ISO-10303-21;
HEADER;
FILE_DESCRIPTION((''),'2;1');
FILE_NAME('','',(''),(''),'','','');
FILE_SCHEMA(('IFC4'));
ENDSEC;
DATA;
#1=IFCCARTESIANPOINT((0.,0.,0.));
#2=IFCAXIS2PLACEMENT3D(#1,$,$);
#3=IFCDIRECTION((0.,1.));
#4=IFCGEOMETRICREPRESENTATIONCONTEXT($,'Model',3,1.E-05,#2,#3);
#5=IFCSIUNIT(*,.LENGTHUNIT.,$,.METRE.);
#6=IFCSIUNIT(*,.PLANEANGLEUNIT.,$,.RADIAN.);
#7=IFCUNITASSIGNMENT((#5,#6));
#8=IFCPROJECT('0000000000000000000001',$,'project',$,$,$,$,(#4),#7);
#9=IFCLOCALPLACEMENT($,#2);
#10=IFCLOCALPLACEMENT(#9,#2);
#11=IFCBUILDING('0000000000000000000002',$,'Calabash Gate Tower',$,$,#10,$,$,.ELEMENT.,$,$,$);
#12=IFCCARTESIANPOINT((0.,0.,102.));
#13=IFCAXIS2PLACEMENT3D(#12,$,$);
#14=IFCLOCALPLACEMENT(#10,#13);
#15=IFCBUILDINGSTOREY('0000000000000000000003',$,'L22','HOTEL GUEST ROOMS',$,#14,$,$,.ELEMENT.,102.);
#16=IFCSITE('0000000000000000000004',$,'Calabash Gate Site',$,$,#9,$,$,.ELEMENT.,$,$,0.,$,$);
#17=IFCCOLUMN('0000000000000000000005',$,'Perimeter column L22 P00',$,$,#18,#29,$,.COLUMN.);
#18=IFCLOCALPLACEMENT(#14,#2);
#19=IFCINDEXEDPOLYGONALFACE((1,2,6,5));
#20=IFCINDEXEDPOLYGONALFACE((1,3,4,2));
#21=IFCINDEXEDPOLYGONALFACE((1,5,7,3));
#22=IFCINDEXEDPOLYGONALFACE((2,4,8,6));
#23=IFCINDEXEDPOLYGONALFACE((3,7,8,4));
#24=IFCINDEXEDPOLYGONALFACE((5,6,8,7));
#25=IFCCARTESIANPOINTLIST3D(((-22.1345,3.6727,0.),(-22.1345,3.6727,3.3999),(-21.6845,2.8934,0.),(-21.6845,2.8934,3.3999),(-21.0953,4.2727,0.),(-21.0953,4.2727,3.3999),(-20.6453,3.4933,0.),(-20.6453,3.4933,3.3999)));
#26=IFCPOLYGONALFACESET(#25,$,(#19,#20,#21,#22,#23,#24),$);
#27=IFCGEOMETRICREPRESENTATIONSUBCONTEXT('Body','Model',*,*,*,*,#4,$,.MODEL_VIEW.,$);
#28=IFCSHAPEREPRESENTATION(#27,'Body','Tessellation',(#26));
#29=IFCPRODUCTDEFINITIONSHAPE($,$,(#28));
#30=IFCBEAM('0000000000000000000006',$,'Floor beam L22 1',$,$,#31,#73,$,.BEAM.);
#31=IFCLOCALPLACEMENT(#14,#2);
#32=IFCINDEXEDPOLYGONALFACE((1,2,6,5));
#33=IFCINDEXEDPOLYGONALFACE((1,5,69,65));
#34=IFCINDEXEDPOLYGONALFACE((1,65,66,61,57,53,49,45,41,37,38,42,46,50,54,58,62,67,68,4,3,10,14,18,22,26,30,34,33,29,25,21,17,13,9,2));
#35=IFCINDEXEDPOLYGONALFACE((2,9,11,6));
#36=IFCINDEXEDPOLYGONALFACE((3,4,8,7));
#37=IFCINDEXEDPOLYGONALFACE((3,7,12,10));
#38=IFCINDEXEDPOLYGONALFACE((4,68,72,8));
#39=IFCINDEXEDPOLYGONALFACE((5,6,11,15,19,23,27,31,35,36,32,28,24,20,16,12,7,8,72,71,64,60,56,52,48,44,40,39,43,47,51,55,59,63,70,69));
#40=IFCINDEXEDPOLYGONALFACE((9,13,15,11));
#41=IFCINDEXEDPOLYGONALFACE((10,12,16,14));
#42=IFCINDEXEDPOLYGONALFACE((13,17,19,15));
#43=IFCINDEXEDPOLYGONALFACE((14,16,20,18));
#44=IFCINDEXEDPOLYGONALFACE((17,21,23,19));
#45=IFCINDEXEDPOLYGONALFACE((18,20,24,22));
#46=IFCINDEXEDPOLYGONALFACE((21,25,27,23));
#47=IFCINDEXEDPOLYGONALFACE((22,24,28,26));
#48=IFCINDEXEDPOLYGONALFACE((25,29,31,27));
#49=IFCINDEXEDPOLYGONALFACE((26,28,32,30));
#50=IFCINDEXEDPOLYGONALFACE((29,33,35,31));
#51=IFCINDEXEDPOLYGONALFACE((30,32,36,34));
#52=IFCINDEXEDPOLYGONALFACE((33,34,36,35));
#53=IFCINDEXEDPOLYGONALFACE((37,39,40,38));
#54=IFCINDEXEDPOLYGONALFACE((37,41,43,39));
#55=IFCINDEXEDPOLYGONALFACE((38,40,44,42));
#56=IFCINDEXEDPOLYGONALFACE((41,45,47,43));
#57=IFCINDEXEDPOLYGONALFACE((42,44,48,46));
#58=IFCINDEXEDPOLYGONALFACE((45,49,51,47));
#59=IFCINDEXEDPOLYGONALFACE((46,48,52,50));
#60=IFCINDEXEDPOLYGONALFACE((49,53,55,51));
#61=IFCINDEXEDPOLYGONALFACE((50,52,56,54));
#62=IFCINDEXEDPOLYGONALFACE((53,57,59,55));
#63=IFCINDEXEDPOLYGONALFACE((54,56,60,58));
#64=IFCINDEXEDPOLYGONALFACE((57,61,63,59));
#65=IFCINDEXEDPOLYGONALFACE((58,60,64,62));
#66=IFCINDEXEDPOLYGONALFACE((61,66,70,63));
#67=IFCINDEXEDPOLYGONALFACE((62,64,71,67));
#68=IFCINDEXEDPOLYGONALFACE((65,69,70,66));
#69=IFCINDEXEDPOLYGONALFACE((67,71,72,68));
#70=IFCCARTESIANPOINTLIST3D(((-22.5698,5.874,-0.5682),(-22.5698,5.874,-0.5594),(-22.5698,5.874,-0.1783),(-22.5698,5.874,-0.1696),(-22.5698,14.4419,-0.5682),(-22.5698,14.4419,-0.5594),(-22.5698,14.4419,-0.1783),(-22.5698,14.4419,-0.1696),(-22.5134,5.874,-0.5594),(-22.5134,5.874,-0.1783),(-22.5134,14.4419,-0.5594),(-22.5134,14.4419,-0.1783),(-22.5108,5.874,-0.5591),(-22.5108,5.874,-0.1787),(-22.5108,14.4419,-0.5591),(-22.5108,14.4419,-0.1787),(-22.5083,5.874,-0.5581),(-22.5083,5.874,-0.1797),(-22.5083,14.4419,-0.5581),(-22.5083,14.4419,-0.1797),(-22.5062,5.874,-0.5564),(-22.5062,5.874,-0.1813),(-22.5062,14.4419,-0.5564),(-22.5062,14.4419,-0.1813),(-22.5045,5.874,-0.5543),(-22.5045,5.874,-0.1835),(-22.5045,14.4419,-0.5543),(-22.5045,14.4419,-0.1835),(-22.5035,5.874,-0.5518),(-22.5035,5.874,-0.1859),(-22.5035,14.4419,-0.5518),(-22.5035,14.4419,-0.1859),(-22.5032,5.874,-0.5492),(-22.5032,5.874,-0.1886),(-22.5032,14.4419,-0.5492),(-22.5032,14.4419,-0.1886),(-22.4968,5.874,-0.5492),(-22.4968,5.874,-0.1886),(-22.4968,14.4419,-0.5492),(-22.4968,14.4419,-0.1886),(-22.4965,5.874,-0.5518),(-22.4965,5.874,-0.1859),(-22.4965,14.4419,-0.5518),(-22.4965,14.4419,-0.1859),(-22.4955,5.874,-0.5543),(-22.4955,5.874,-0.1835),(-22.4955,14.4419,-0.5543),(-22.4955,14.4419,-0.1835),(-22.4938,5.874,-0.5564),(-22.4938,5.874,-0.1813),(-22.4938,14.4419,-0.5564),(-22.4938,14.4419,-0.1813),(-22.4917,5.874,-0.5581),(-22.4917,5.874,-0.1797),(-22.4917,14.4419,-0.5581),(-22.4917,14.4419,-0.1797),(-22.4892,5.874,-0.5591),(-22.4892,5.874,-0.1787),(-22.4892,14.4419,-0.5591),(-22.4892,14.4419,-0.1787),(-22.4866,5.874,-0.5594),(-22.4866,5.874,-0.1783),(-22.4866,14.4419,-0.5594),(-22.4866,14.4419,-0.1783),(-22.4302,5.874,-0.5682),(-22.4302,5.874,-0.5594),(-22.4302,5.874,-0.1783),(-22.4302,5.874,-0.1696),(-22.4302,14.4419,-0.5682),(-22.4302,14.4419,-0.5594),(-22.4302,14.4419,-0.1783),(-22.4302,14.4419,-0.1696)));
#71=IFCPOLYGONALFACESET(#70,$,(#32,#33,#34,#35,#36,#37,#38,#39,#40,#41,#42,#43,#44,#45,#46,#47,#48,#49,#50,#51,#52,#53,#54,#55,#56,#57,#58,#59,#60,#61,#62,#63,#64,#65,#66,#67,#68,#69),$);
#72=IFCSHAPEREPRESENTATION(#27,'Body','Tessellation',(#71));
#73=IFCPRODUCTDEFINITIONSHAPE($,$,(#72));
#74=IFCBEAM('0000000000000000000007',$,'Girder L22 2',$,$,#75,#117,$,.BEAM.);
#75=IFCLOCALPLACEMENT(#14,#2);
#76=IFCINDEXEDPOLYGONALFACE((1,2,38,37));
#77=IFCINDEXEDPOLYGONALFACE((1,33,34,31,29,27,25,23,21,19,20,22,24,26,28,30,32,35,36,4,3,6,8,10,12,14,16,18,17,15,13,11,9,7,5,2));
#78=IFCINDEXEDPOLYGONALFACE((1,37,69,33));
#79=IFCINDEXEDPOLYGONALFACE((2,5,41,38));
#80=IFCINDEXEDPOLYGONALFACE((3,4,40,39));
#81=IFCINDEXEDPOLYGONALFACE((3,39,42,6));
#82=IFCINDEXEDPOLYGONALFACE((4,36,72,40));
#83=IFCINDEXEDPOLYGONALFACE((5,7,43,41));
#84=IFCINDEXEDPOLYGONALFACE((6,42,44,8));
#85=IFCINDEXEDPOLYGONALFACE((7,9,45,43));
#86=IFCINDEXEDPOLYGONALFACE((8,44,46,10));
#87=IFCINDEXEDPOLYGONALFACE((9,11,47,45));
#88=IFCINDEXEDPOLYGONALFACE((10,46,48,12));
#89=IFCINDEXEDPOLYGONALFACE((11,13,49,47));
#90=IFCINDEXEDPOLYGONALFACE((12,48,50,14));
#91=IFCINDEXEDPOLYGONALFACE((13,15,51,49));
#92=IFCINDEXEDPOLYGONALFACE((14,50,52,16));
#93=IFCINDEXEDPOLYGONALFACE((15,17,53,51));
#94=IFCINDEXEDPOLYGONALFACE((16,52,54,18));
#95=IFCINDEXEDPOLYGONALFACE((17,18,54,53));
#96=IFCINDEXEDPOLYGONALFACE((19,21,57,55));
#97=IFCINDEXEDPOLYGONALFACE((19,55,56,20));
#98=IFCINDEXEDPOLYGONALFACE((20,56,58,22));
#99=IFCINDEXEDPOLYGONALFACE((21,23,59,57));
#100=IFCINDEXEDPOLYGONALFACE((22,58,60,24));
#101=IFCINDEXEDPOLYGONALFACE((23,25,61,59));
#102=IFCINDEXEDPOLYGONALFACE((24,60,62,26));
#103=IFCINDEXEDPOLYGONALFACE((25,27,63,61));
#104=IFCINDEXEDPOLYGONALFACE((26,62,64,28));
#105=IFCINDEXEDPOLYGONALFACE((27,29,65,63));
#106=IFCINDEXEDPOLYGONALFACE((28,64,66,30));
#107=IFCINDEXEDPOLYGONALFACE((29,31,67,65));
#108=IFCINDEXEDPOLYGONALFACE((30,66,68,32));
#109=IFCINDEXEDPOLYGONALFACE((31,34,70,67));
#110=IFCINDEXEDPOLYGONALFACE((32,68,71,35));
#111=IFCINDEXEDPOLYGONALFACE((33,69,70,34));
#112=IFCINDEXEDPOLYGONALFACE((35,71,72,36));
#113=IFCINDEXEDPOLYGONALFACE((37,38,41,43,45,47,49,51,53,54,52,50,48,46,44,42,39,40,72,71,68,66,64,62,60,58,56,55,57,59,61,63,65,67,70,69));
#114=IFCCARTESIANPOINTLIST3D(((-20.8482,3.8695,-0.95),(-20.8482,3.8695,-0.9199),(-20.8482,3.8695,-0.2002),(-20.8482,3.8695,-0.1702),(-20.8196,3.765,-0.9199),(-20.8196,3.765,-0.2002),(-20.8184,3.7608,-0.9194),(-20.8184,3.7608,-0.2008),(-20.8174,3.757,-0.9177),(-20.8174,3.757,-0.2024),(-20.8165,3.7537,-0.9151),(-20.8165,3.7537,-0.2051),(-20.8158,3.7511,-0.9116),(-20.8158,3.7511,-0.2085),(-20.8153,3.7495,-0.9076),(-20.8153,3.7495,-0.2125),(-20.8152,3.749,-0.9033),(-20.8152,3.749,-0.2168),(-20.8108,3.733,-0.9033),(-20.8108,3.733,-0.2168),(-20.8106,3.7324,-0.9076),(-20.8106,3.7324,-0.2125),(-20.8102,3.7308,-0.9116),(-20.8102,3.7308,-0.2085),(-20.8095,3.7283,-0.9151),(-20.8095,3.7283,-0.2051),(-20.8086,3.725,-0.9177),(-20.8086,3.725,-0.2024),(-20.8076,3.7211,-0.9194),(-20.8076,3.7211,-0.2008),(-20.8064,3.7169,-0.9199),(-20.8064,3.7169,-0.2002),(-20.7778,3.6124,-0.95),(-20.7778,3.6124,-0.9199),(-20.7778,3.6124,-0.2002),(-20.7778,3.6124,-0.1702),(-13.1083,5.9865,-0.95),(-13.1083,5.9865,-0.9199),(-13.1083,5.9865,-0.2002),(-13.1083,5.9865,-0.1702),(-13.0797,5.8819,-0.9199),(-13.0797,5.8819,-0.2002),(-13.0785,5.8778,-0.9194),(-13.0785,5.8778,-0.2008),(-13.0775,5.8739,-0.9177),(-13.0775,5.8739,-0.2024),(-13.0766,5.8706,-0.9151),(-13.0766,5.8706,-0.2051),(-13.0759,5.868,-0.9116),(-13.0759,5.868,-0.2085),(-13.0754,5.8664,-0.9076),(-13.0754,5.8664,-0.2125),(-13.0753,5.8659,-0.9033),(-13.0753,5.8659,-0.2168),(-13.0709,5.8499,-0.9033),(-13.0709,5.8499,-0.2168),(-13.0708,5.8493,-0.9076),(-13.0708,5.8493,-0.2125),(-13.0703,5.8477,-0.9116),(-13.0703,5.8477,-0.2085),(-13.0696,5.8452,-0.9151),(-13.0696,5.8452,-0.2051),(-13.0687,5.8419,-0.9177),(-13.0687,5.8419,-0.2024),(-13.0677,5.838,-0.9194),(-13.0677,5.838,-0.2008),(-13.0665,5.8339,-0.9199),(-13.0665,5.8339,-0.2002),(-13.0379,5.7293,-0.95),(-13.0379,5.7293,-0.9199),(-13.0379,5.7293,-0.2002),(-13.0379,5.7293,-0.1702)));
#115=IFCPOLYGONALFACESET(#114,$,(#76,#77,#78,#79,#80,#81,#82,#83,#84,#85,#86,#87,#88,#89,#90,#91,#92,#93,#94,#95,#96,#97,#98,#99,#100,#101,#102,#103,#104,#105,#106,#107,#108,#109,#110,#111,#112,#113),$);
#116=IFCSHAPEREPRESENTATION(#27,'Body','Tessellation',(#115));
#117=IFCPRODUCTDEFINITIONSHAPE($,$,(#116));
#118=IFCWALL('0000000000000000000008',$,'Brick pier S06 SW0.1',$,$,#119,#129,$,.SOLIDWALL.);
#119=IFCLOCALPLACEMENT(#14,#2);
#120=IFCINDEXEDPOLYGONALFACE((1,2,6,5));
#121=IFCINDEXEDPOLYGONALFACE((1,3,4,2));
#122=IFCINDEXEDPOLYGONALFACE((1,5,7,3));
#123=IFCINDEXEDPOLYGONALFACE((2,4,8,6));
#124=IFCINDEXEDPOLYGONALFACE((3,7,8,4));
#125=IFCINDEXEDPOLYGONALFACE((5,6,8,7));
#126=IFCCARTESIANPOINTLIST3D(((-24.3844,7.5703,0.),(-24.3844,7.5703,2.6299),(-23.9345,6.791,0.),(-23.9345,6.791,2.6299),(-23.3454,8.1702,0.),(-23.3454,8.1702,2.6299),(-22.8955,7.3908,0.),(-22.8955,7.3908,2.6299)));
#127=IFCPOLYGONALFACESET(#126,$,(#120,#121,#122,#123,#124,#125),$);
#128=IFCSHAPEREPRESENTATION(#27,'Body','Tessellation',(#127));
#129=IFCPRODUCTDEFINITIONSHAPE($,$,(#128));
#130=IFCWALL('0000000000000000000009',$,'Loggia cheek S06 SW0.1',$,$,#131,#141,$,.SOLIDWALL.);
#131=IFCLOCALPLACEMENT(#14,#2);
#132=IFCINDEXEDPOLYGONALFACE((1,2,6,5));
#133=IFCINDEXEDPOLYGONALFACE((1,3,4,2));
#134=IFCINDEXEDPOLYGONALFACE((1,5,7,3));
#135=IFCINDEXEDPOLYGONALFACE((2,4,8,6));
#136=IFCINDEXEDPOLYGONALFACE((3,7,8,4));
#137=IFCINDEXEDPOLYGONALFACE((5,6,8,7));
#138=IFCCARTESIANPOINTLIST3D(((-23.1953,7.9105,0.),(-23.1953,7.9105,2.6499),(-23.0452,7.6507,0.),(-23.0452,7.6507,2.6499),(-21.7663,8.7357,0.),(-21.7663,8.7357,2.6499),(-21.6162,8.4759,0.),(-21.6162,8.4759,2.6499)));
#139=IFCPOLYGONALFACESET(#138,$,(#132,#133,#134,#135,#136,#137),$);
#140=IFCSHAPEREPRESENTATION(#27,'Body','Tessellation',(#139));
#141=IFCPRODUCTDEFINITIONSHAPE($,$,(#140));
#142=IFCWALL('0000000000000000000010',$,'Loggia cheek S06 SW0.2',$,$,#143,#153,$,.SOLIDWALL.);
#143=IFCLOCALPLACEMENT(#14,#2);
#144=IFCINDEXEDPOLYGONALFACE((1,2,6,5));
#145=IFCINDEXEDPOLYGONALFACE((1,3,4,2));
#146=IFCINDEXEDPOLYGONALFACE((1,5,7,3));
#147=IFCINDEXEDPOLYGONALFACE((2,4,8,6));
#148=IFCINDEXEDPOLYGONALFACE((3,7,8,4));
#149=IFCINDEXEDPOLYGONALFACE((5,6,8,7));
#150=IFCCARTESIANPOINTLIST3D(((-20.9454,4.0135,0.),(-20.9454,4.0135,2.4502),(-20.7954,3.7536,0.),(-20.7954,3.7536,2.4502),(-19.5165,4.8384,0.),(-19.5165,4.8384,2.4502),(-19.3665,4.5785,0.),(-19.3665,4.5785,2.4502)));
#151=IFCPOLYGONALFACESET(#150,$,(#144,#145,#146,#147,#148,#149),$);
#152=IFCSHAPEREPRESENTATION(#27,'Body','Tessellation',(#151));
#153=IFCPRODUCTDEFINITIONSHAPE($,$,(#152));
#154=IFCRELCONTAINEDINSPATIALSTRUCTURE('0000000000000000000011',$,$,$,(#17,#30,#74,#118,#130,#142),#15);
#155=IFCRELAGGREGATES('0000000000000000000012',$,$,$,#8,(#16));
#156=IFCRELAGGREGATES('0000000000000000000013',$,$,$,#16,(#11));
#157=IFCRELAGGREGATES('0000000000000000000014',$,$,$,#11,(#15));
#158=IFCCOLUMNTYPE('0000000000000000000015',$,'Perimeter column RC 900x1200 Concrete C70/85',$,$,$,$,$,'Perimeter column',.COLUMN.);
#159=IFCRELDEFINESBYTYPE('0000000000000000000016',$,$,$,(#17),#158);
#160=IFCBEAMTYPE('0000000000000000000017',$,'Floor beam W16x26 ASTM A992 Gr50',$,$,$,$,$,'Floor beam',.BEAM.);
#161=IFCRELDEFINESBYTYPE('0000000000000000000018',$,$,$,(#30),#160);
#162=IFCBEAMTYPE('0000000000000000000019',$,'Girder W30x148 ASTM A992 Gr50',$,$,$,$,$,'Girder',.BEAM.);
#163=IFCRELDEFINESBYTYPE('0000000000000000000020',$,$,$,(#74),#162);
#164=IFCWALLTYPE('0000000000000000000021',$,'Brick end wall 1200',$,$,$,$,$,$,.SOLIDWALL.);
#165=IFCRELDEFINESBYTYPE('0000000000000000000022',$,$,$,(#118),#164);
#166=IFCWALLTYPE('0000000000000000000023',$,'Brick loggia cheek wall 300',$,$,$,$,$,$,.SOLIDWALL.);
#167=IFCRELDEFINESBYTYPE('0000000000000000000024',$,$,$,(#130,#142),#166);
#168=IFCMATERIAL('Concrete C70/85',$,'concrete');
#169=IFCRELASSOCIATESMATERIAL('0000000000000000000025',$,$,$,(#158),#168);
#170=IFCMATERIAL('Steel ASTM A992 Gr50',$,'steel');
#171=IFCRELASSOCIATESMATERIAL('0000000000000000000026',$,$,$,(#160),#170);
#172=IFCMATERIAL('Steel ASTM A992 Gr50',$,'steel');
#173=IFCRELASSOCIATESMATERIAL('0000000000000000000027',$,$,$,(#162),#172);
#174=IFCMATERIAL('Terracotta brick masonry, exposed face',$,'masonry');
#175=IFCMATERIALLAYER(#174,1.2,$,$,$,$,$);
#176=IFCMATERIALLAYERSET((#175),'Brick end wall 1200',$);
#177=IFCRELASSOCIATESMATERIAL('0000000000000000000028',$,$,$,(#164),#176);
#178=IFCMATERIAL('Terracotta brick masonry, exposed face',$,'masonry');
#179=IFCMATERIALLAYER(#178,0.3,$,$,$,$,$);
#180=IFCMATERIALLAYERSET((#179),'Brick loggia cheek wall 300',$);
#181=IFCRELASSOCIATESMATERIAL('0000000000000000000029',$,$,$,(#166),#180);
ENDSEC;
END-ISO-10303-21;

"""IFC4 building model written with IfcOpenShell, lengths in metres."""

from ifc_helpers import new_model, si_unit, direction, frame, frame_2d, origin, origin_2d, place, context, subcontext, project, spatial, rectangle, i_section, extrude, material, layer, layer_set, material_profile, profile_set, type_object, element, save


model = new_model("IFC4")

# Units and contexts
model_context = context("Model", 3, precision=1e-05, world=origin(), true_north=direction((0.0, 1.0)))
body_context = subcontext(model_context, "Body", "Model", "MODEL_VIEW")
ifc_project = project(units=[si_unit("LENGTHUNIT", "METRE"), si_unit("PLANEANGLEUNIT", "RADIAN")], contexts=[model_context])

# Site, building, storey
site_placement = place(None, origin())
site = spatial("IfcSite", under=ifc_project, at=site_placement, Name="Calabash Gate Site", CompositionType="ELEMENT", RefElevation=0.0)
building_placement = place(site_placement, origin())
building = spatial("IfcBuilding", under=site, at=building_placement, Name="Calabash Gate Tower", CompositionType="ELEMENT")
storey_placement = place(building_placement, frame((0.0, 0.0, 102.0)))
storey = spatial("IfcBuildingStorey", under=building, at=storey_placement, Name="L22", Description="HOTEL GUEST ROOMS", CompositionType="ELEMENT", Elevation=102.0)

# Column
ifc_material_1 = material(Name="Concrete C70/85", Category="concrete")
ifc_material_profile_1 = material_profile(ifc_material_1, rectangle(XDim=0.8999, YDim=1.2, at=origin_2d()))
ifc_profile_set_1 = profile_set([ifc_material_profile_1], Name="Concrete C70/85")
column_type = type_object("IfcColumnType", Name="Perimeter column RC 900x1200 Concrete C70/85", ElementType="Perimeter column", PredefinedType="COLUMN", material=ifc_profile_set_1)
column_placement = place(storey_placement, frame((-21.3899, 3.583, 0.0), z_axis=(0.0, 0.0, 1.0), x_axis=(0.5, -0.866025, 0.0)))
element("IfcColumn", 1, at=column_placement, inside=storey, type_object=column_type, Name="Perimeter column L22 P00", PredefinedType="COLUMN", context=body_context, shape_type="SweptSolid", body=[
    extrude(rectangle(XDim=0.8999, YDim=1.2, at=origin_2d()), origin(), (0.0, 0.0, 1.0), 3.3999),
])

# Beams
ifc_material_2 = material(Name="Steel ASTM A992 Gr50", Category="steel")
ifc_material_profile_2 = material_profile(ifc_material_2, i_section(OverallWidth=0.1396, OverallDepth=0.3987, WebThickness=0.0063, FlangeThickness=0.0088, FilletRadius=0.0103, at=origin_2d()))
ifc_profile_set_2 = profile_set([ifc_material_profile_2], Name="Steel ASTM A992 Gr50")
beam_type_1 = type_object("IfcBeamType", Name="Floor beam W16x26 ASTM A992 Gr50", ElementType="Floor beam", PredefinedType="BEAM", material=ifc_profile_set_2)
beam_1_placement = place(storey_placement, frame((-22.5, 5.874, -0.3689), z_axis=(0.0, 1.0, 0.0), x_axis=(-1.0, 0.0, 0.0)))
element("IfcBeam", 2, at=beam_1_placement, inside=storey, type_object=beam_type_1, Name="Floor beam L22 1", PredefinedType="BEAM", context=body_context, shape_type="SweptSolid", body=[
    extrude(i_section(OverallWidth=0.1396, OverallDepth=0.3987, WebThickness=0.0063, FlangeThickness=0.0088, FilletRadius=0.0103, at=origin_2d()), origin(), (0.0, 0.0, 1.0), 8.5679),
])
ifc_material_3 = material(Name="Steel ASTM A992 Gr50", Category="steel")
ifc_material_profile_3 = material_profile(ifc_material_3, i_section(OverallWidth=0.2666, OverallDepth=0.7798, WebThickness=0.0166, FlangeThickness=0.03, FilletRadius=0.0166, at=origin_2d()))
ifc_profile_set_3 = profile_set([ifc_material_profile_3], Name="Steel ASTM A992 Gr50")
beam_type_2 = type_object("IfcBeamType", Name="Girder W30x148 ASTM A992 Gr50", ElementType="Girder", PredefinedType="BEAM", material=ifc_profile_set_3)
beam_2_placement = place(storey_placement, frame((-20.813, 3.741, -0.5601), z_axis=(0.964573, 0.263818, 0.0), x_axis=(-0.263818, 0.964573, 0.0)))
element("IfcBeam", 3, at=beam_2_placement, inside=storey, type_object=beam_type_2, Name="Girder L22 2", PredefinedType="BEAM", context=body_context, shape_type="SweptSolid", body=[
    extrude(i_section(OverallWidth=0.2666, OverallDepth=0.7798, WebThickness=0.0166, FlangeThickness=0.03, FilletRadius=0.0166, at=origin_2d()), origin(), (0.0, 0.0, 1.0), 8.0242),
])

# Walls
ifc_material_4 = material(Name="Terracotta brick masonry, exposed face", Category="masonry")
ifc_layer_1 = layer(ifc_material_4, 1.2)
ifc_layer_set_1 = layer_set([ifc_layer_1], Name="Brick end wall 1200")
wall_type_1 = type_object("IfcWallType", Name="Brick end wall 1200", PredefinedType="SOLIDWALL", material=ifc_layer_set_1)
wall_1_placement = place(storey_placement, frame((-24.1594, 7.1807, 0.0), z_axis=(0.0, 0.0, 1.0), x_axis=(0.866043, 0.499969, 0.0)))
element("IfcWall", 4, at=wall_1_placement, inside=storey, type_object=wall_type_1, Name="Brick pier S06 SW0.1", PredefinedType="SOLIDWALL", context=body_context, shape_type="SweptSolid", body=[
    extrude(rectangle(XDim=1.1997, YDim=0.8999, at=frame_2d((0.5999, 0.0))), origin(), (0.0, 0.0, 1.0), 2.6299),
])
ifc_material_5 = material(Name="Terracotta brick masonry, exposed face", Category="masonry")
ifc_layer_2 = layer(ifc_material_5, 0.3)
ifc_layer_set_2 = layer_set([ifc_layer_2], Name="Brick loggia cheek wall 300")
wall_type_2 = type_object("IfcWallType", Name="Brick loggia cheek wall 300", PredefinedType="SOLIDWALL", material=ifc_layer_set_2)
wall_2_placement = place(storey_placement, frame((-23.1204, 7.7805, 0.0), z_axis=(0.0, 0.0, 1.0), x_axis=(0.865976, 0.500085, 0.0)))
element("IfcWall", 5, at=wall_2_placement, inside=storey, type_object=wall_type_2, Name="Loggia cheek S06 SW0.1", PredefinedType="SOLIDWALL", context=body_context, shape_type="SweptSolid", body=[
    extrude(rectangle(XDim=1.6501, YDim=0.3, at=frame_2d((0.8252, 0.0))), origin(), (0.0, 0.0, 1.0), 2.6499),
])
wall_3_placement = place(storey_placement, frame((-20.8704, 3.8835, 0.0), z_axis=(0.0, 0.0, 1.0), x_axis=(0.86604, 0.499974, 0.0)))
element("IfcWall", 6, at=wall_3_placement, inside=storey, type_object=wall_type_2, Name="Loggia cheek S06 SW0.2", PredefinedType="SOLIDWALL", context=body_context, shape_type="SweptSolid", body=[
    extrude(rectangle(XDim=1.6499, YDim=0.3, at=frame_2d((0.825, 0.0))), origin(), (0.0, 0.0, 1.0), 2.4502),
])

save(model, "model.ifc")
